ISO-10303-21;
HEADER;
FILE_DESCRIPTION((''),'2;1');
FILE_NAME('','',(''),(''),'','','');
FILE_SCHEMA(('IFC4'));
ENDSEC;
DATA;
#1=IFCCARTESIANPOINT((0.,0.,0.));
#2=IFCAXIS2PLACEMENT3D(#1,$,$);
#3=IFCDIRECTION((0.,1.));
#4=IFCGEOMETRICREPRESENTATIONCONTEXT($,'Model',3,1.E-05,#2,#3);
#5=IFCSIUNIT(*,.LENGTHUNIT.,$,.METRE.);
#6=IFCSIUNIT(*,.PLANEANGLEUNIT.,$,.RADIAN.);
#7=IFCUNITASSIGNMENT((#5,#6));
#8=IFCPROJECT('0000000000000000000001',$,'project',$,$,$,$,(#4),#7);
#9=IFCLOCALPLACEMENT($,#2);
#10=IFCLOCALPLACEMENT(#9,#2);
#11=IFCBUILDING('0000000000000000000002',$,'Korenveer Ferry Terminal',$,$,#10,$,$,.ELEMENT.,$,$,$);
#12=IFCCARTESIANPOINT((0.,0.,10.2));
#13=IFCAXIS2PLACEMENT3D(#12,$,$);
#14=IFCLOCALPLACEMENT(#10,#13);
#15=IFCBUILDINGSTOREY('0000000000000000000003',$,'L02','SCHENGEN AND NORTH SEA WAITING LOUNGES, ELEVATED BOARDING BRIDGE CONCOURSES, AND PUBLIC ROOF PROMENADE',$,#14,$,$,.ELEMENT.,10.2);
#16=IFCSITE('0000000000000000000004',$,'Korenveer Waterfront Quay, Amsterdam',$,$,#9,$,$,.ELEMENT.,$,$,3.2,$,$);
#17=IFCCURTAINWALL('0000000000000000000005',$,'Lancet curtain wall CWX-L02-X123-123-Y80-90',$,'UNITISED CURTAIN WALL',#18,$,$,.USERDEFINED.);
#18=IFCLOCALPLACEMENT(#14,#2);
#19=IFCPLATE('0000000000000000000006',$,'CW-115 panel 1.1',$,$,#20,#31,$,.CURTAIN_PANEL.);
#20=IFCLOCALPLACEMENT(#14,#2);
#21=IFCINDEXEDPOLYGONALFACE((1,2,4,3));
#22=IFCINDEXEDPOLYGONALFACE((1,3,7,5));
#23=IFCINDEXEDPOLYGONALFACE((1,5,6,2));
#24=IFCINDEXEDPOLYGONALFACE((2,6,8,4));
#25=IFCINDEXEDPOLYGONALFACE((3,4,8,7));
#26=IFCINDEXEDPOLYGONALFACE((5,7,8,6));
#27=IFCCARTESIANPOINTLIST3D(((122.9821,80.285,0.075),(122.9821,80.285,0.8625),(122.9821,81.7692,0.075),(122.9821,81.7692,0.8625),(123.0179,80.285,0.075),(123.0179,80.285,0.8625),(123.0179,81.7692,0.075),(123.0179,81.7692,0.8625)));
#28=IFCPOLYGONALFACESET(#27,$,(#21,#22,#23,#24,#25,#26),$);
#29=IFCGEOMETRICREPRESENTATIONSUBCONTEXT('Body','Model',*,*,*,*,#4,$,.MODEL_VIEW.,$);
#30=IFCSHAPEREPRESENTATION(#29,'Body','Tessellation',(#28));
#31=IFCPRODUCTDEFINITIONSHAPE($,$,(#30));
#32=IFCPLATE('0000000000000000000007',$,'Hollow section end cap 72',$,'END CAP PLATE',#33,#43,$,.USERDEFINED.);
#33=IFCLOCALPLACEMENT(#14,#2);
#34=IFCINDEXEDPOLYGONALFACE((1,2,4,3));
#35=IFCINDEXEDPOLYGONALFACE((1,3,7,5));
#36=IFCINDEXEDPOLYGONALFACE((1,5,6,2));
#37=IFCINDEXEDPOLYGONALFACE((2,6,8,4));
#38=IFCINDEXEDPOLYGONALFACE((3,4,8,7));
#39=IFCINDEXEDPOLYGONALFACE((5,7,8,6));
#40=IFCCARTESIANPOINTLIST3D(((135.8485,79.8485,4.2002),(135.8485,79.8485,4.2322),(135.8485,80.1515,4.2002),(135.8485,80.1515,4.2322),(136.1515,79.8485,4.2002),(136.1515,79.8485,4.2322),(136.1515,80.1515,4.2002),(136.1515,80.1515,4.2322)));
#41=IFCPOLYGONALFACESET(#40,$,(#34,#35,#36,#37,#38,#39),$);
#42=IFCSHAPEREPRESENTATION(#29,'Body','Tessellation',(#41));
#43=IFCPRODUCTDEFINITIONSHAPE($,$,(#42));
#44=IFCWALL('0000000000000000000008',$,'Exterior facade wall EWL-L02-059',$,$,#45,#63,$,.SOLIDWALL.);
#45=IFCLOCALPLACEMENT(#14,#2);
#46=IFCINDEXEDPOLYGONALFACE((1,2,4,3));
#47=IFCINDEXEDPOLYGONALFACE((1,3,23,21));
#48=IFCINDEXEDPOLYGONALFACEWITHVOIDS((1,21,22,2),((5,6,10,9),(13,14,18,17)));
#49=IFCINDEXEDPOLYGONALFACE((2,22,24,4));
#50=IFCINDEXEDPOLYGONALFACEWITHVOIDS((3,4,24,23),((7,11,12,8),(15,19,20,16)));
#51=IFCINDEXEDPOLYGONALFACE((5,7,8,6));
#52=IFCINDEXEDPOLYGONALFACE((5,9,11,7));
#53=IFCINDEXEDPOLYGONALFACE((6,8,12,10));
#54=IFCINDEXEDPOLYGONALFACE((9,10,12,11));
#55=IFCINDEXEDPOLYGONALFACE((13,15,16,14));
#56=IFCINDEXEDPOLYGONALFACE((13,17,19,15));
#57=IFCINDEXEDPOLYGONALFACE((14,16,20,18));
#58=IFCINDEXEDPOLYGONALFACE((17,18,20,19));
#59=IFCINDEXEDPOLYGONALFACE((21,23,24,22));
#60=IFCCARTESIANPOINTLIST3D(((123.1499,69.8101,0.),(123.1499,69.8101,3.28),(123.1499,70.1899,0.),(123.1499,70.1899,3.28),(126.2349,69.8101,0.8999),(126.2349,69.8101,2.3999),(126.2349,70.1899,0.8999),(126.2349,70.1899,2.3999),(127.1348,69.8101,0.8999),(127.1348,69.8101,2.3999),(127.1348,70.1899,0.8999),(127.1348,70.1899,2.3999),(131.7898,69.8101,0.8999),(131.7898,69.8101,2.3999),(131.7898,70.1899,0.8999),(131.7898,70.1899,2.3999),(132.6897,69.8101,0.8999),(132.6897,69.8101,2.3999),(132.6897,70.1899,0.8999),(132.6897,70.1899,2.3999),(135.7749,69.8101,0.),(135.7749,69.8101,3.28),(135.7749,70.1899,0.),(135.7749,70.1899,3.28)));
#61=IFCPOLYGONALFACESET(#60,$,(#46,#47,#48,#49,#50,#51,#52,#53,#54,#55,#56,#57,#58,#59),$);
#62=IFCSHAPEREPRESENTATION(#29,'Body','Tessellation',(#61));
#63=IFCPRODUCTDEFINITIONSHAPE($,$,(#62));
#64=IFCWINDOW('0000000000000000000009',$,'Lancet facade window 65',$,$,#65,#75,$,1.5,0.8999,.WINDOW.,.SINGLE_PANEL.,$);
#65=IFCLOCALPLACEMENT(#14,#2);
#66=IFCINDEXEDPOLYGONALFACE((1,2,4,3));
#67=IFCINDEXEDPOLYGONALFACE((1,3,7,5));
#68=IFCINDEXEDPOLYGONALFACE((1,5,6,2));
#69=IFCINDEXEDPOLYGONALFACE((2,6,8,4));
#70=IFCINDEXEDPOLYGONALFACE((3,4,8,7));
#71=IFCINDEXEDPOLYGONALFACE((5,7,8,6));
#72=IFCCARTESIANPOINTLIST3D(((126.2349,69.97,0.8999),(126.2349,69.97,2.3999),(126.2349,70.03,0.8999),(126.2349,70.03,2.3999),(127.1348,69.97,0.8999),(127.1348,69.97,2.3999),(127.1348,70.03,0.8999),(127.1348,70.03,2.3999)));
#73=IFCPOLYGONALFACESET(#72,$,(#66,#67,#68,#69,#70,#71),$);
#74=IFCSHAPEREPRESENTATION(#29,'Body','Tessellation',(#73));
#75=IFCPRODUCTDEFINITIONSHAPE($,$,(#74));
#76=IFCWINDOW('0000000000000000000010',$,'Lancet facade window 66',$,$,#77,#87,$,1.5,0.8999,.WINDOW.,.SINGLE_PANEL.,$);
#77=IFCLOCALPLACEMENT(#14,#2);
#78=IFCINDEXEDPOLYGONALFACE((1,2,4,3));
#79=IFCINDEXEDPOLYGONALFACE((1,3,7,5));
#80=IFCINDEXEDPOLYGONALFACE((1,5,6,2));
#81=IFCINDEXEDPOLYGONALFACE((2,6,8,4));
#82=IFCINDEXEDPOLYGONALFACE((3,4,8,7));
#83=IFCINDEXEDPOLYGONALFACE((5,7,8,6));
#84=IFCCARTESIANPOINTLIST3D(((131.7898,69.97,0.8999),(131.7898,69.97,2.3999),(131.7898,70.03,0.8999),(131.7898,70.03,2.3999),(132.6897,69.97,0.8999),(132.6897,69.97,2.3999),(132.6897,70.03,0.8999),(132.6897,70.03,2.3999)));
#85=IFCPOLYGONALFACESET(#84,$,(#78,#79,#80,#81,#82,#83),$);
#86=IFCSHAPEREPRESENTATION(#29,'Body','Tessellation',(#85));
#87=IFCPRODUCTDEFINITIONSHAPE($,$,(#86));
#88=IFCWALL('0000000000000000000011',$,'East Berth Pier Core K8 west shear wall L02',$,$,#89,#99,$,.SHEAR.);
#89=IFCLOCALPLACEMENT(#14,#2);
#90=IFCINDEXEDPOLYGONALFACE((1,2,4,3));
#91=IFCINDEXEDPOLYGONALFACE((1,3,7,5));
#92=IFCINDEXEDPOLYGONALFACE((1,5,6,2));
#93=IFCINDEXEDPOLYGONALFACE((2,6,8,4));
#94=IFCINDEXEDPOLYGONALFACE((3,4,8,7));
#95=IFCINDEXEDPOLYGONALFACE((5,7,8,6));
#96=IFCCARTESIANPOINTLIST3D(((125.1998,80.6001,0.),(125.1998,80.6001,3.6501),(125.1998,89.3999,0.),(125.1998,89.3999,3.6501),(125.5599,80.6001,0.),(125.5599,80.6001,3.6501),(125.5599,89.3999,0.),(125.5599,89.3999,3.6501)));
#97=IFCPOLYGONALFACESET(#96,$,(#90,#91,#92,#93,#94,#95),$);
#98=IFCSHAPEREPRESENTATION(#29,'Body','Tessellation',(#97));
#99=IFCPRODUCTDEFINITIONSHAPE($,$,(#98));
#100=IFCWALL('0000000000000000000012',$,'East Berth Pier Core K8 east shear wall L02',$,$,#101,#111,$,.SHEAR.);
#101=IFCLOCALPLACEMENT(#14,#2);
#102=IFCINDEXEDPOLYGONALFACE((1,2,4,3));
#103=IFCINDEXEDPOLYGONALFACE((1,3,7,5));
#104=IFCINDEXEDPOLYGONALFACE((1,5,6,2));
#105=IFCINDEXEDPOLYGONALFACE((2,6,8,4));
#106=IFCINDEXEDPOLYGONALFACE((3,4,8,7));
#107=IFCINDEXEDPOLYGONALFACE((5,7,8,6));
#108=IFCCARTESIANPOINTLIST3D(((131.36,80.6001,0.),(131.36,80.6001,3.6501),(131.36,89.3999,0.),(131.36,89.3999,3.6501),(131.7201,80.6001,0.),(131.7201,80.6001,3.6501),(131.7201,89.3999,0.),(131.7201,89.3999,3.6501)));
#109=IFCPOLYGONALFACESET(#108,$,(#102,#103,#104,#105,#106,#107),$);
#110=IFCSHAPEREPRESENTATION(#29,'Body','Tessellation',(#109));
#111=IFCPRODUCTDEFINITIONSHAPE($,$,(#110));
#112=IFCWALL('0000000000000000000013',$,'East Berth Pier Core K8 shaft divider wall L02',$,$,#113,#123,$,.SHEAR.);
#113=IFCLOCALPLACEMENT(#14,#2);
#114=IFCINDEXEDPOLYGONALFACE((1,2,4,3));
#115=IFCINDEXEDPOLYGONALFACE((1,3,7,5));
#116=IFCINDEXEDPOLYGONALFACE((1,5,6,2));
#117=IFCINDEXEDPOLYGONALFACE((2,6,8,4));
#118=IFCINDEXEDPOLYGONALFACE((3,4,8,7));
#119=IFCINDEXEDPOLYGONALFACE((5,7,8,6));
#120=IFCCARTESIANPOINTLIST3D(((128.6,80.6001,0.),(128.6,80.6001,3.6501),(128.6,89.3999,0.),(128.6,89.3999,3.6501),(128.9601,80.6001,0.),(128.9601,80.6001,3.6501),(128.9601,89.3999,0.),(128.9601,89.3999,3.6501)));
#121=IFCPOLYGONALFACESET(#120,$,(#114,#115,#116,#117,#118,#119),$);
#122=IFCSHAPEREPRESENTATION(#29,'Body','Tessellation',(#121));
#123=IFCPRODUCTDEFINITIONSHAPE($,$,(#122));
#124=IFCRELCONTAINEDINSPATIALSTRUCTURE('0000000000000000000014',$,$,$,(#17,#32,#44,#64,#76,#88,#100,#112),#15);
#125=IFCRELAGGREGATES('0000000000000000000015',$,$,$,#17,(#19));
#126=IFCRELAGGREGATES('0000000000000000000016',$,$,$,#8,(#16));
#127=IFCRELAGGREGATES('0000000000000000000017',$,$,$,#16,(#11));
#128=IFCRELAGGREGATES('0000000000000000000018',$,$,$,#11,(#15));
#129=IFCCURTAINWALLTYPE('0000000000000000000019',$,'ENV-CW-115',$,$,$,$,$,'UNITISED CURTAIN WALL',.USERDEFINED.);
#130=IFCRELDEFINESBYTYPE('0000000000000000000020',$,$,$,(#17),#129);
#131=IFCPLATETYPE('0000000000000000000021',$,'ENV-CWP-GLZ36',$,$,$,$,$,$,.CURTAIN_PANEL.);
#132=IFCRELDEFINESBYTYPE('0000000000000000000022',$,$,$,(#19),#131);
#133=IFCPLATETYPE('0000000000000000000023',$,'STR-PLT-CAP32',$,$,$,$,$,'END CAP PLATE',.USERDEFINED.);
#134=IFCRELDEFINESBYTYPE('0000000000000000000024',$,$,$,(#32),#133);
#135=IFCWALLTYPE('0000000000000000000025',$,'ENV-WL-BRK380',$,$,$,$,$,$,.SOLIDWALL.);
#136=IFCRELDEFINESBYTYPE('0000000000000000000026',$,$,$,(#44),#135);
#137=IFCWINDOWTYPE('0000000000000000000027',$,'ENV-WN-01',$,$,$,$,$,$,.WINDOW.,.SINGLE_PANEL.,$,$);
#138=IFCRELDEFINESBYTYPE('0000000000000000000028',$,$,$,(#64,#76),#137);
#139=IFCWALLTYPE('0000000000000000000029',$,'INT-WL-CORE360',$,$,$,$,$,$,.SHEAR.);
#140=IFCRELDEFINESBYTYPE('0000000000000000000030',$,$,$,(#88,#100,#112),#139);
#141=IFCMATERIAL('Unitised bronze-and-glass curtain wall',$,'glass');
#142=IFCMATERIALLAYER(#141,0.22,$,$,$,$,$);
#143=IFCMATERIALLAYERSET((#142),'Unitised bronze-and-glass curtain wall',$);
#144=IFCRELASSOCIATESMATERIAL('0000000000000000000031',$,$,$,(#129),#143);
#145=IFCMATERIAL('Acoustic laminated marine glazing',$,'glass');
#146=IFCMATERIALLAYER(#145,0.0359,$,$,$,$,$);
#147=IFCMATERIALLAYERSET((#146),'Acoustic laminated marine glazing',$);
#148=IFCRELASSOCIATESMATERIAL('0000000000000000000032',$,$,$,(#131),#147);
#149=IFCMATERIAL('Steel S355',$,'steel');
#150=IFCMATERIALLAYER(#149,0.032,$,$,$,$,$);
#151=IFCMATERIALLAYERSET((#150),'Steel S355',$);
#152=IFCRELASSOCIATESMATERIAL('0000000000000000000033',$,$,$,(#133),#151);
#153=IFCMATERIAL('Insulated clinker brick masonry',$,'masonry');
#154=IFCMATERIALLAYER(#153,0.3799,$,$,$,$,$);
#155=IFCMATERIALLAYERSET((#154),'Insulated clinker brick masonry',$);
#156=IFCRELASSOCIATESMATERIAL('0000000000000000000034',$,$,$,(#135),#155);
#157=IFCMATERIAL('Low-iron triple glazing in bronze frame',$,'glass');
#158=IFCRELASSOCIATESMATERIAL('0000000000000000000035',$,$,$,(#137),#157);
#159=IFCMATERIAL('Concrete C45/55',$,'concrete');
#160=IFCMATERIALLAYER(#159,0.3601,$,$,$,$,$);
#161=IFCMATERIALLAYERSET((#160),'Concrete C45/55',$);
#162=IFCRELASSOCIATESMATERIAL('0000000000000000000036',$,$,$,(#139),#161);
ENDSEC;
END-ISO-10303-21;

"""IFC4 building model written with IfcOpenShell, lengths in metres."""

from ifc_helpers import new_model, si_unit, direction, frame, frame_2d, origin, origin_2d, place, context, subcontext, project, spatial, rectangle, extrude, material, layer, layer_set, type_object, element, fill, aggregate, save


model = new_model("IFC4")

# Units and contexts
model_context = context("Model", 3, precision=1e-05, world=origin(), true_north=direction((0.0, 1.0)))
body_context = subcontext(model_context, "Body", "Model", "MODEL_VIEW")
ifc_project = project(units=[si_unit("LENGTHUNIT", "METRE"), si_unit("PLANEANGLEUNIT", "RADIAN")], contexts=[model_context])

# Site, building, storey
site_placement = place(None, origin())
site = spatial("IfcSite", under=ifc_project, at=site_placement, Name="Korenveer Waterfront Quay, Amsterdam", CompositionType="ELEMENT", RefElevation=3.2)
building_placement = place(site_placement, origin())
building = spatial("IfcBuilding", under=site, at=building_placement, Name="Korenveer Ferry Terminal", CompositionType="ELEMENT")
storey_placement = place(building_placement, frame((0.0, 0.0, 10.2)))
storey = spatial("IfcBuildingStorey", under=building, at=storey_placement, Name="L02", Description="SCHENGEN AND NORTH SEA WAITING LOUNGES, ELEVATED BOARDING BRIDGE CONCOURSES, AND PUBLIC ROOF PROMENADE", CompositionType="ELEMENT", Elevation=10.2)

# Shared definitions
ifc_material_1 = material(Name="Steel S355", Category="steel")
ifc_material_2 = material(Name="Concrete C45/55", Category="concrete")

# Shared definitions
ifc_material_3 = material(Name="Unitised bronze-and-glass curtain wall", Category="glass")

# Curtain wall
ifc_layer_1 = layer(ifc_material_3, 0.22)
ifc_layer_set_1 = layer_set([ifc_layer_1], Name="Unitised bronze-and-glass curtain wall")
curtain_wall_type_1 = type_object("IfcCurtainWallType", Name="ENV-CW-115", ElementType="UNITISED CURTAIN WALL", PredefinedType="USERDEFINED", material=ifc_layer_set_1)
curtain_wall_1_placement = place(storey_placement, frame((123.0, 80.21, 0.0)))
curtain_wall_1 = element("IfcCurtainWall", 1, at=curtain_wall_1_placement, inside=storey, type_object=curtain_wall_type_1, Name="Lancet curtain wall CWX-L02-X123-123-Y80-90", ObjectType="UNITISED CURTAIN WALL", PredefinedType="USERDEFINED")

# Plates
ifc_material_4 = material(Name="Acoustic laminated marine glazing", Category="glass")
ifc_layer_2 = layer(ifc_material_4, 0.0359)
ifc_layer_set_2 = layer_set([ifc_layer_2], Name="Acoustic laminated marine glazing")
plate_type_1 = type_object("IfcPlateType", Name="ENV-CWP-GLZ36", PredefinedType="CURTAIN_PANEL", material=ifc_layer_set_2)
plate_1_placement = place(storey_placement, frame((123.0, 81.0271, 0.075), z_axis=(0.0, 0.0, 1.0), x_axis=(0.0, 1.0, 0.0)))
plate_1 = element("IfcPlate", 2, at=plate_1_placement, type_object=plate_type_1, Name="CW-115 panel 1.1", PredefinedType="CURTAIN_PANEL", context=body_context, shape_type="SweptSolid", body=[
    extrude(rectangle(XDim=1.4841, YDim=0.0359, at=origin_2d()), origin(), (0.0, 0.0, 1.0), 0.7876),
])
aggregate(curtain_wall_1, [plate_1])
ifc_layer_3 = layer(ifc_material_1, 0.032)
ifc_layer_set_3 = layer_set([ifc_layer_3], Name="Steel S355")
plate_type_2 = type_object("IfcPlateType", Name="STR-PLT-CAP32", ElementType="END CAP PLATE", PredefinedType="USERDEFINED", material=ifc_layer_set_3)
plate_2_placement = place(storey_placement, frame((136.0, 80.0, 4.2002), z_axis=(0.0, 0.0, 1.0), x_axis=(1.0, 0.0, 0.0)))
element("IfcPlate", 3, at=plate_2_placement, inside=storey, type_object=plate_type_2, Name="Hollow section end cap 72", ObjectType="END CAP PLATE", PredefinedType="USERDEFINED", context=body_context, shape_type="SweptSolid", body=[
    extrude(rectangle(XDim=0.303, YDim=0.303, at=origin_2d()), origin(), (0.0, 0.0, 1.0), 0.032),
])

# Wall, openings, windows
ifc_material_5 = material(Name="Insulated clinker brick masonry", Category="masonry")
ifc_layer_4 = layer(ifc_material_5, 0.3799)
ifc_layer_set_4 = layer_set([ifc_layer_4], Name="Insulated clinker brick masonry")
wall_type_1 = type_object("IfcWallType", Name="ENV-WL-BRK380", PredefinedType="SOLIDWALL", material=ifc_layer_set_4)
wall_1_placement = place(storey_placement, frame((123.1499, 70.0, 0.0), z_axis=(0.0, 0.0, 1.0), x_axis=(1.0, 0.0, 0.0)))
wall_1 = element("IfcWall", 4, at=wall_1_placement, inside=storey, type_object=wall_type_1, Name="Exterior facade wall EWL-L02-059", PredefinedType="SOLIDWALL", context=body_context, shape_type="SweptSolid", body=[
    extrude(rectangle(XDim=12.625, YDim=0.3799, at=frame_2d((6.3125, 0.0))), origin(), (0.0, 0.0, 1.0), 3.28),
])
opening_1_placement = place(wall_1_placement, frame((3.085, 0.0, 0.8999)))
opening_1 = element("IfcOpeningElement", 5, at=opening_1_placement, cuts=wall_1, PredefinedType="OPENING", context=body_context, shape_type="SweptSolid", body=[
    extrude(rectangle(XDim=0.8999, YDim=1.5, at=frame_2d((0.45, 0.75))), frame((0.0, 0.2, 0.0), z_axis=(0.0, -1.0, 0.0), x_axis=(1.0, 0.0, 0.0)), (0.0, 0.0, 1.0), 0.3999),
])
opening_2_placement = place(wall_1_placement, frame((8.6399, 0.0, 0.8999)))
opening_2 = element("IfcOpeningElement", 6, at=opening_2_placement, cuts=wall_1, PredefinedType="OPENING", context=body_context, shape_type="SweptSolid", body=[
    extrude(rectangle(XDim=0.8999, YDim=1.5, at=frame_2d((0.45, 0.75))), frame((0.0, 0.2, 0.0), z_axis=(0.0, -1.0, 0.0), x_axis=(1.0, 0.0, 0.0)), (0.0, 0.0, 1.0), 0.3999),
])
ifc_material_6 = material(Name="Low-iron triple glazing in bronze frame", Category="glass")
window_type = type_object("IfcWindowType", Name="ENV-WN-01", PartitioningType="SINGLE_PANEL", PredefinedType="WINDOW", material=ifc_material_6)
window_1_placement = place(opening_1_placement, origin())
window_1 = element("IfcWindow", 7, at=window_1_placement, inside=storey, type_object=window_type, Name="Lancet facade window 65", OverallHeight=1.5, OverallWidth=0.8999, PartitioningType="SINGLE_PANEL", PredefinedType="WINDOW", context=body_context, shape_type="SweptSolid", body=[
    extrude(rectangle(XDim=0.8999, YDim=1.5, at=frame_2d((0.45, 0.75))), frame((0.0, 0.03, 0.0), z_axis=(0.0, -1.0, 0.0), x_axis=(1.0, 0.0, 0.0)), (0.0, 0.0, 1.0), 0.0601),
])
fill(opening_1, window_1)
window_2_placement = place(opening_2_placement, origin())
window_2 = element("IfcWindow", 8, at=window_2_placement, inside=storey, type_object=window_type, Name="Lancet facade window 66", OverallHeight=1.5, OverallWidth=0.8999, PartitioningType="SINGLE_PANEL", PredefinedType="WINDOW", context=body_context, shape_type="SweptSolid", body=[
    extrude(rectangle(XDim=0.8999, YDim=1.5, at=frame_2d((0.45, 0.75))), frame((0.0, 0.03, 0.0), z_axis=(0.0, -1.0, 0.0), x_axis=(1.0, 0.0, 0.0)), (0.0, 0.0, 1.0), 0.0601),
])
fill(opening_2, window_2)

# Shared definitions
ifc_layer_5 = layer(ifc_material_2, 0.3601)
ifc_layer_set_5 = layer_set([ifc_layer_5], Name="Concrete C45/55")
wall_type_2 = type_object("IfcWallType", Name="INT-WL-CORE360", PredefinedType="SHEAR", material=ifc_layer_set_5)

# Walls
for number, where, z_axis, x_axis, name in (
    (9, (125.3799, 80.6001, 0.0), (0.0, 0.0, 1.0), (0.0, 1.0, 0.0), "East Berth Pier Core K8 west shear wall L02"),
    (10, (131.54, 80.6001, 0.0), (0.0, 0.0, 1.0), (0.0, 1.0, 0.0), "East Berth Pier Core K8 east shear wall L02"),
    (11, (128.78, 80.6001, 0.0), (0.0, 0.0, 1.0), (0.0, 1.0, 0.0), "East Berth Pier Core K8 shaft divider wall L02"),
):
    element("IfcWall", number, at=place(storey_placement, frame(where, z_axis=z_axis, x_axis=x_axis)), inside=storey, type_object=wall_type_2, Name=name, PredefinedType="SHEAR", context=body_context, shape_type="SweptSolid", body=[
        extrude(rectangle(XDim=8.7998, YDim=0.3601, at=frame_2d((4.3999, 0.0))), origin(), (0.0, 0.0, 1.0), 3.6501),
    ])

save(model, "model.ifc")
